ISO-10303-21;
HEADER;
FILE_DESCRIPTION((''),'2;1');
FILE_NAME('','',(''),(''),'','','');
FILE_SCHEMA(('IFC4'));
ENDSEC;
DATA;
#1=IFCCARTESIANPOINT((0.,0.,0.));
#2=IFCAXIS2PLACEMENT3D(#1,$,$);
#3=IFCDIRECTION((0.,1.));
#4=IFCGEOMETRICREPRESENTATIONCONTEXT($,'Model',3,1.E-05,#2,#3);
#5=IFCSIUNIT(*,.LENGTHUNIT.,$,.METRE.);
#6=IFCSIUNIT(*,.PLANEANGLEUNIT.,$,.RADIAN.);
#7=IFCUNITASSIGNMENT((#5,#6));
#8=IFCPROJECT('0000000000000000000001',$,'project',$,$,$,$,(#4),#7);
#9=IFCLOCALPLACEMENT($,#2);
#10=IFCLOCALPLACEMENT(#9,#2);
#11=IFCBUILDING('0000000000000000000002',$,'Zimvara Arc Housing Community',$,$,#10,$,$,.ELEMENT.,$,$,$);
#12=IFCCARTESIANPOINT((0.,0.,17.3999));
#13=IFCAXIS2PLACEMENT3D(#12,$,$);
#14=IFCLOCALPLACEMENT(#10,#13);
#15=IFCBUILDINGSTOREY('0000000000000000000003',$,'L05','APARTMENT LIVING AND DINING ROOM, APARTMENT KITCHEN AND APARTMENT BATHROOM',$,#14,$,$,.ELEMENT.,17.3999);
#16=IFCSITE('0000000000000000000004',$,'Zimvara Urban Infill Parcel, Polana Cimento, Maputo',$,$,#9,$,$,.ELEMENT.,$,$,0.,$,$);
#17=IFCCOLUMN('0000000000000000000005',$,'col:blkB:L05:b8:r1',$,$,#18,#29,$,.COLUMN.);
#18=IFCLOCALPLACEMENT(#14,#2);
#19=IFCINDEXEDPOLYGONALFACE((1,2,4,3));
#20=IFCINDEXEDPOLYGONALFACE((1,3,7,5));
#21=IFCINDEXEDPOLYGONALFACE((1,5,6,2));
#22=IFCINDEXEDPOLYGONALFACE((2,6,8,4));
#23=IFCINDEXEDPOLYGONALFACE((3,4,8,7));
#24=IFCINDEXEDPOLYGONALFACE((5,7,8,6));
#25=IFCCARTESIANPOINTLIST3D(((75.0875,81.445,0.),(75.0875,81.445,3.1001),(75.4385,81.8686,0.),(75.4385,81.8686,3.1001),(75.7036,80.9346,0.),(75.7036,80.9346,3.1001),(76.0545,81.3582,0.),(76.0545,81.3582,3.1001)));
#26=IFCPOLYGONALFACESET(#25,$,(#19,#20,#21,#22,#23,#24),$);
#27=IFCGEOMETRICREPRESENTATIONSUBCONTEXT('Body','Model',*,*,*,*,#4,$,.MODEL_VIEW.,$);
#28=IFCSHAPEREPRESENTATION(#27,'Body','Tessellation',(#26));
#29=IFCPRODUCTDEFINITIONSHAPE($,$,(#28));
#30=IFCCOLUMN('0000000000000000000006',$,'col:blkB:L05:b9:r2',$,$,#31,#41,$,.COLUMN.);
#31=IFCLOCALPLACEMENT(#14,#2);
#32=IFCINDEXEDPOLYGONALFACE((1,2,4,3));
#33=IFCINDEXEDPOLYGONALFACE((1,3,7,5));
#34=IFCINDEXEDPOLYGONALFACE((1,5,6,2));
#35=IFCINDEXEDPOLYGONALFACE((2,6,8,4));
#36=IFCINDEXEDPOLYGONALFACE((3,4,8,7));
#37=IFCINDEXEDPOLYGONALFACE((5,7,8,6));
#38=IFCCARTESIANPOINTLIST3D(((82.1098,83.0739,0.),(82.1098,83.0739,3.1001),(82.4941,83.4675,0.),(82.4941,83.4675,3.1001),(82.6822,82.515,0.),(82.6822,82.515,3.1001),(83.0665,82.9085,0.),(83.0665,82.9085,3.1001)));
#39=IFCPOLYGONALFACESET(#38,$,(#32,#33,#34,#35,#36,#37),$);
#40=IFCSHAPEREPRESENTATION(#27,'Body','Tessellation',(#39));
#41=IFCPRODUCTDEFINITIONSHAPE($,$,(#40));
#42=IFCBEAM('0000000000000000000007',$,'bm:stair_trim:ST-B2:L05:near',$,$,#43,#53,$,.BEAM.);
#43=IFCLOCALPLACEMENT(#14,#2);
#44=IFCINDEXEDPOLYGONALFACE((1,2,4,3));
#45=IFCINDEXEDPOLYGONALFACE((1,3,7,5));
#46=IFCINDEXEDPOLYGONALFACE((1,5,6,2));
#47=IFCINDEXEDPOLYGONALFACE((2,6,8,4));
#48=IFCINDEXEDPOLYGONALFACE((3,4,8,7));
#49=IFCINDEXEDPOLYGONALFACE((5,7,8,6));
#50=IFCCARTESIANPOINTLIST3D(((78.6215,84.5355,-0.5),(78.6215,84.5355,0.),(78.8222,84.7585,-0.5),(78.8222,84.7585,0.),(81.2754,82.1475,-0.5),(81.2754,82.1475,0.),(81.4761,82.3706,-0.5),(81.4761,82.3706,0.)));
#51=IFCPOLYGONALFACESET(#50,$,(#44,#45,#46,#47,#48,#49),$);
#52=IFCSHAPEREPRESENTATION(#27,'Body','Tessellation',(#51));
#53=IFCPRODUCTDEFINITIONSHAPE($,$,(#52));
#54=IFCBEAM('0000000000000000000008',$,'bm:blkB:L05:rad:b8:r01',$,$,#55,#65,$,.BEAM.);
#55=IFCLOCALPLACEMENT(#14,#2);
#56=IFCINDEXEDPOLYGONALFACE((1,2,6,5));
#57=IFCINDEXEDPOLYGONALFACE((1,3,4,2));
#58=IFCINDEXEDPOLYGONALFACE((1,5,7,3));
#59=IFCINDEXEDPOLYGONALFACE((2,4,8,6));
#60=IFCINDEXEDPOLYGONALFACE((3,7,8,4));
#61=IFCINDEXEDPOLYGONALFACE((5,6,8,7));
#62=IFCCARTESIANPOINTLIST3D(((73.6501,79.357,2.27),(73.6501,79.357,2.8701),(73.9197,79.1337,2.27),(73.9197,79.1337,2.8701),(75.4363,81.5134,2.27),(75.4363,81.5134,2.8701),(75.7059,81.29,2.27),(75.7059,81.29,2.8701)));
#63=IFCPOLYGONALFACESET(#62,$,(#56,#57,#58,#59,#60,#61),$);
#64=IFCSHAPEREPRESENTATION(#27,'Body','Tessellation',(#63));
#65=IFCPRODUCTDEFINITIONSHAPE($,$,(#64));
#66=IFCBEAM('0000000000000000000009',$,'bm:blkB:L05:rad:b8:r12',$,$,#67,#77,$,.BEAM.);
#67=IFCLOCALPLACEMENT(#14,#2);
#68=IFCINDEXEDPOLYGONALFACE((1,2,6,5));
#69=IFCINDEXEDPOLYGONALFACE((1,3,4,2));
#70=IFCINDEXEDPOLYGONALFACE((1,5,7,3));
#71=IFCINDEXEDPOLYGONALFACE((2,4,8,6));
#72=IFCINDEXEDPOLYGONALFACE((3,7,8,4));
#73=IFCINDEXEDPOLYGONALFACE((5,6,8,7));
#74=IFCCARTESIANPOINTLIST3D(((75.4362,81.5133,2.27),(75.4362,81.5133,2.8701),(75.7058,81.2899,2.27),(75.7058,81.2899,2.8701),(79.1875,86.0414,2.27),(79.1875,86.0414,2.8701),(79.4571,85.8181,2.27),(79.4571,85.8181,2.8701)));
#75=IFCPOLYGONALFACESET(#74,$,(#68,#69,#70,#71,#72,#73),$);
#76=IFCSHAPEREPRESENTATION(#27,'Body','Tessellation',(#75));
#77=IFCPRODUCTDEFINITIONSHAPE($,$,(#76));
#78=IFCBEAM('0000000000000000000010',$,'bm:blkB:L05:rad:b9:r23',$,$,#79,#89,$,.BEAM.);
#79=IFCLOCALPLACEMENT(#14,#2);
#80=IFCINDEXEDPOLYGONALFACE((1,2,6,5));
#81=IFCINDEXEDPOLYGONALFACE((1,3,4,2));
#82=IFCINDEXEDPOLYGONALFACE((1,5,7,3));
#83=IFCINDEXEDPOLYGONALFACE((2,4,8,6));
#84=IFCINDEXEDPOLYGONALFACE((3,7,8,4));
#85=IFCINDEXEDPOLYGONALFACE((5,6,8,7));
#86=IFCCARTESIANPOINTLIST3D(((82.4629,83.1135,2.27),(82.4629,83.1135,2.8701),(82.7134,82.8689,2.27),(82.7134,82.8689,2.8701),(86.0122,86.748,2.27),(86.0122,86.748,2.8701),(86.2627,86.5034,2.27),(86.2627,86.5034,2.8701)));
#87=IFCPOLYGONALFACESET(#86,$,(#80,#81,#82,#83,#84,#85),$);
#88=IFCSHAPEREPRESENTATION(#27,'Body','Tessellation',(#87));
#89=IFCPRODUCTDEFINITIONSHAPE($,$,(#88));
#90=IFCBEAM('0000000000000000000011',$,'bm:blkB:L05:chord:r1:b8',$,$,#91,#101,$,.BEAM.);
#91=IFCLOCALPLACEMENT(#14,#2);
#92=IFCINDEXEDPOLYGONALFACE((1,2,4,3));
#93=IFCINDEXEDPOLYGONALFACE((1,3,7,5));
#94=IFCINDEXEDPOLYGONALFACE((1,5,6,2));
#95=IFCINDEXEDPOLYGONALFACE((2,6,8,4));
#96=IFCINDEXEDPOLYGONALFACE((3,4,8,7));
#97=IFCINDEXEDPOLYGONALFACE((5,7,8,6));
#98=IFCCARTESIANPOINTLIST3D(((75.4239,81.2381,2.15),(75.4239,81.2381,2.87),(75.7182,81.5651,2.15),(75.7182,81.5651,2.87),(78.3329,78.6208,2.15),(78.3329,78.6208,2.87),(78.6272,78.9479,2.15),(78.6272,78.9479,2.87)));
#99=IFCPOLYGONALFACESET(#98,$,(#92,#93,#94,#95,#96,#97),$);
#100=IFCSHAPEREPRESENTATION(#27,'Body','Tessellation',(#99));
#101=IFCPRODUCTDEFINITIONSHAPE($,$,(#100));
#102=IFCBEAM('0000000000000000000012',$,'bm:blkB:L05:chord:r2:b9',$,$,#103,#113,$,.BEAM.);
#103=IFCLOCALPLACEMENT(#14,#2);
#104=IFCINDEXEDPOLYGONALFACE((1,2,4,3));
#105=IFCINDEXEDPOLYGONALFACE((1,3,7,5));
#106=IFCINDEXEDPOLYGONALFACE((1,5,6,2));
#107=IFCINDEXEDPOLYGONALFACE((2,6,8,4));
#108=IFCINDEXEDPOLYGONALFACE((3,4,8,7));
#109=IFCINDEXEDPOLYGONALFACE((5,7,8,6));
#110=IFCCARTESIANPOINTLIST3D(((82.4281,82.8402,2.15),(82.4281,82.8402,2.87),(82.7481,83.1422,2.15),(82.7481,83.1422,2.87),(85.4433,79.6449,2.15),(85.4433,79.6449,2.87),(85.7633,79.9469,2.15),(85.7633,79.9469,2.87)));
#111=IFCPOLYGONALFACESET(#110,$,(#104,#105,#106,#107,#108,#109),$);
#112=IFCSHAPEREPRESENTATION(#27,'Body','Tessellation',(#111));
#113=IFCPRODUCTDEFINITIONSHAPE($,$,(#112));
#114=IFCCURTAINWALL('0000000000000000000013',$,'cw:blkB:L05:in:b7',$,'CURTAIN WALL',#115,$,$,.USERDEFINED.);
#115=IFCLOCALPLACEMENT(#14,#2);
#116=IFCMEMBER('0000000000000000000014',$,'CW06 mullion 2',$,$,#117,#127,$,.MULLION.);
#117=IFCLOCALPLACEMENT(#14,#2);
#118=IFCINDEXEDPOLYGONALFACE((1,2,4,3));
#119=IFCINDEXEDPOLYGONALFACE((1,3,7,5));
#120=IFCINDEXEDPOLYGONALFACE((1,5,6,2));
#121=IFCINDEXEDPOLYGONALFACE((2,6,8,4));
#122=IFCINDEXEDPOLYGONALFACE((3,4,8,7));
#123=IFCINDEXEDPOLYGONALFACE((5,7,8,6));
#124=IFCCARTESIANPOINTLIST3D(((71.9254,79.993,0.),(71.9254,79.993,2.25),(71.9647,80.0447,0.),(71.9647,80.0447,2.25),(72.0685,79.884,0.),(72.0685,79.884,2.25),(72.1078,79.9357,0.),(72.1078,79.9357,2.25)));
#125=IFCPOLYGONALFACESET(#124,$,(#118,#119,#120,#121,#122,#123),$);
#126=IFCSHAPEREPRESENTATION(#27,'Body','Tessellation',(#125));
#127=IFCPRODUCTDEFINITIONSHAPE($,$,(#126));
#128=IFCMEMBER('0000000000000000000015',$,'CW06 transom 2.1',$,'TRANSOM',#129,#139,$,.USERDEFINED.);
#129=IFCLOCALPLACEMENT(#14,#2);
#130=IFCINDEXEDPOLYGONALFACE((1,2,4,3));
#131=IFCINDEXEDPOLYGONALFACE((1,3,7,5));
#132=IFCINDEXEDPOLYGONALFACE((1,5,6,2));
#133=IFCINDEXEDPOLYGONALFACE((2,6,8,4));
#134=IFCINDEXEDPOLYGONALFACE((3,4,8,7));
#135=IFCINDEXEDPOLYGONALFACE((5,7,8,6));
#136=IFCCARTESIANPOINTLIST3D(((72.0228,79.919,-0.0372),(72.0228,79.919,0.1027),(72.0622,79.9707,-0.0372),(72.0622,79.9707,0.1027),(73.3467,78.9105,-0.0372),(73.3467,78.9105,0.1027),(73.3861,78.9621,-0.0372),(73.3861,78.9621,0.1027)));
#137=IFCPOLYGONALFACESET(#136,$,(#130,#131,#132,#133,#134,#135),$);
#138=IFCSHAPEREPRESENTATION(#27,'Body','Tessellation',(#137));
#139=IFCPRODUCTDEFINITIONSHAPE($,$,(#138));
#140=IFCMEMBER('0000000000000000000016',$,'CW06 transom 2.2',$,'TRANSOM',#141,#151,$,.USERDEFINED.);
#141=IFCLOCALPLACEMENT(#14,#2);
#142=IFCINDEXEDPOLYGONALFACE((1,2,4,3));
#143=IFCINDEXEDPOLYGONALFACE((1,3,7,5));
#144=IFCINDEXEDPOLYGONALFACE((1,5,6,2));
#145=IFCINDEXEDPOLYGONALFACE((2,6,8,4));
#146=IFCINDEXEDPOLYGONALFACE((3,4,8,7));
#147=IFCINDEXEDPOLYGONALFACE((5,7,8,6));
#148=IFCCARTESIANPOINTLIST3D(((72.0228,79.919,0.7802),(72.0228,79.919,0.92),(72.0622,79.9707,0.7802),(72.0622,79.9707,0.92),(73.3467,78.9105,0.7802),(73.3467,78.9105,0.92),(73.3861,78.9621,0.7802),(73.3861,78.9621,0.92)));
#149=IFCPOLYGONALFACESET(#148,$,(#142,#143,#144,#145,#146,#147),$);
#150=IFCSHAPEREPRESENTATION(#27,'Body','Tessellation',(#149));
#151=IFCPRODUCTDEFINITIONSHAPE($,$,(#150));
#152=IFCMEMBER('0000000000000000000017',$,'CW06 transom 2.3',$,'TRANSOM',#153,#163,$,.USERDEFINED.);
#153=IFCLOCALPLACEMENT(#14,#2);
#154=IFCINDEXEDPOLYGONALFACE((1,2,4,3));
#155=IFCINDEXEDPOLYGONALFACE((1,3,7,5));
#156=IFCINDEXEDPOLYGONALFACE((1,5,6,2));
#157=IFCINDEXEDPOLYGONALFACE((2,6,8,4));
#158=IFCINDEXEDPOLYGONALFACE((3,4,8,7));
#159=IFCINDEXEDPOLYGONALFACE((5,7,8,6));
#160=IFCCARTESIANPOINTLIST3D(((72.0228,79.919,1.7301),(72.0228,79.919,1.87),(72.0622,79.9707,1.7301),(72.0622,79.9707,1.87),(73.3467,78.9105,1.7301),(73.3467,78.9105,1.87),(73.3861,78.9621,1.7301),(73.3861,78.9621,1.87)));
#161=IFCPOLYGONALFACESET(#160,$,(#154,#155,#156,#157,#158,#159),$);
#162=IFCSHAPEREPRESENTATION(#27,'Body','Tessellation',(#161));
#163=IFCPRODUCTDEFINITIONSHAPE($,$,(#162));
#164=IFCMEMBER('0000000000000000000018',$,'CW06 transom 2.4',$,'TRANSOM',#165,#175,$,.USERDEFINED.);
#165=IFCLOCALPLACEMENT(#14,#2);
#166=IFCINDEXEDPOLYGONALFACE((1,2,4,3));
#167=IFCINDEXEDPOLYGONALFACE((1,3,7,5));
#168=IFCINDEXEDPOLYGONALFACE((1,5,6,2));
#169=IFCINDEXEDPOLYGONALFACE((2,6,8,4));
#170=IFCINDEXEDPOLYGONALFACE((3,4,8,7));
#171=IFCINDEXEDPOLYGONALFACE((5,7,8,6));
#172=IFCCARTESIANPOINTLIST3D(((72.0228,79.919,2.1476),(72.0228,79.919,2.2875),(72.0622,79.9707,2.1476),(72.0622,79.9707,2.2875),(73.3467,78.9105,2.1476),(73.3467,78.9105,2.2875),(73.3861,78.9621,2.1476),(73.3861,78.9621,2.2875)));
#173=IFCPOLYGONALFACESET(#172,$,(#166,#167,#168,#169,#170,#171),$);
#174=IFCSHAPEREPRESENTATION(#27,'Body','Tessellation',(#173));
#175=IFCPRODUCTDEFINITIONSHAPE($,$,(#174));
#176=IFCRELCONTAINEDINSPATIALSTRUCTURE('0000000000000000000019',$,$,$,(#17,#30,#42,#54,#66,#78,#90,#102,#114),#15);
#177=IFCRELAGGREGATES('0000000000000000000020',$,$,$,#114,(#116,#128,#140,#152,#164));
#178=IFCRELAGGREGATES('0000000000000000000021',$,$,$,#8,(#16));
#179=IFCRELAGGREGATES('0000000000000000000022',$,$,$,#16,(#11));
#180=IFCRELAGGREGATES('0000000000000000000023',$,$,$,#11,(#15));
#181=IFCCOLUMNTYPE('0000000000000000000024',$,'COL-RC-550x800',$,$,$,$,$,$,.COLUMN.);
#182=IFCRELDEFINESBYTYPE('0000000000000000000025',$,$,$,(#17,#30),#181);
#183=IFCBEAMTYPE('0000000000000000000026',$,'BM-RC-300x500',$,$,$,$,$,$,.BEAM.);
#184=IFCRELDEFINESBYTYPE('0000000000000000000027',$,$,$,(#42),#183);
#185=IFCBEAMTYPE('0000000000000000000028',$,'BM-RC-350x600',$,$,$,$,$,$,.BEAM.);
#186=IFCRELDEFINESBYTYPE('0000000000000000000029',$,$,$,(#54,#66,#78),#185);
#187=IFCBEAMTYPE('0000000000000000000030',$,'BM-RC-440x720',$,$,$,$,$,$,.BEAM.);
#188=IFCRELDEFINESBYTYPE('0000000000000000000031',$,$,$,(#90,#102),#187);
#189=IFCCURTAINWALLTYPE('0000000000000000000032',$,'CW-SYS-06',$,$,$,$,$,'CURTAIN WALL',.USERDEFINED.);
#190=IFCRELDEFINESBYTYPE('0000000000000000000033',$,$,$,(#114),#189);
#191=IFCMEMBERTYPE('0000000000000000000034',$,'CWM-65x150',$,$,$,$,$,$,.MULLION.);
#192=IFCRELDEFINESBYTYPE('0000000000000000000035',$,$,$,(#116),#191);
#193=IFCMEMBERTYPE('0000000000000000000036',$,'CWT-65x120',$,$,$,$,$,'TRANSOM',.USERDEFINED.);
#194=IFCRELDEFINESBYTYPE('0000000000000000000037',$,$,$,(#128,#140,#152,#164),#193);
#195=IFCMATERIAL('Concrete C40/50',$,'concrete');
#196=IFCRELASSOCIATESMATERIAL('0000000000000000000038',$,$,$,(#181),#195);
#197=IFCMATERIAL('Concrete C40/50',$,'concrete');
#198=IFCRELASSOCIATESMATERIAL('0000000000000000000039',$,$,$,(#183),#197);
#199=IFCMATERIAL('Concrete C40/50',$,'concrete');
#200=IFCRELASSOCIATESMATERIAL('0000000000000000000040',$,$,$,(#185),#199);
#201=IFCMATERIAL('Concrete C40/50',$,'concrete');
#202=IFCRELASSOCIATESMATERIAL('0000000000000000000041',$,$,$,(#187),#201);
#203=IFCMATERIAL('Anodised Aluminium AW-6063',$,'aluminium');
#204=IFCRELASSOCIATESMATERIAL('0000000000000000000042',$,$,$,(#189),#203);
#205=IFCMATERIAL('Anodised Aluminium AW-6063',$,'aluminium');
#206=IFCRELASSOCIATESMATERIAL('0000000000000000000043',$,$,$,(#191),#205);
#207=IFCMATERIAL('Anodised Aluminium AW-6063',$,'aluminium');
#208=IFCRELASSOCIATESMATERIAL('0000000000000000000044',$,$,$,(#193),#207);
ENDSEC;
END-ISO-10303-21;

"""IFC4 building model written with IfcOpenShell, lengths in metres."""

from ifc_helpers import new_model, si_unit, direction, frame, origin, origin_2d, place, context, subcontext, project, spatial, rectangle, extrude, material, material_profile, profile_set, type_object, element, aggregate, save


model = new_model("IFC4")

# Units and contexts
model_context = context("Model", 3, precision=1e-05, world=origin(), true_north=direction((0.0, 1.0)))
body_context = subcontext(model_context, "Body", "Model", "MODEL_VIEW")
ifc_project = project(units=[si_unit("LENGTHUNIT", "METRE"), si_unit("PLANEANGLEUNIT", "RADIAN")], contexts=[model_context])

# Site, building, storey
site_placement = place(None, origin())
site = spatial("IfcSite", under=ifc_project, at=site_placement, Name="Zimvara Urban Infill Parcel, Polana Cimento, Maputo", CompositionType="ELEMENT", RefElevation=0.0)
building_placement = place(site_placement, origin())
building = spatial("IfcBuilding", under=site, at=building_placement, Name="Zimvara Arc Housing Community", CompositionType="ELEMENT")
storey_placement = place(building_placement, frame((0.0, 0.0, 17.3999)))
storey = spatial("IfcBuildingStorey", under=building, at=storey_placement, Name="L05", Description="APARTMENT LIVING AND DINING ROOM, APARTMENT KITCHEN AND APARTMENT BATHROOM", CompositionType="ELEMENT", Elevation=17.3999)

# Columns
ifc_material_1 = material(Name="Concrete C40/50", Category="concrete")
ifc_material_profile_1 = material_profile(ifc_material_1, rectangle(XDim=0.55, YDim=0.8, at=origin_2d()), Name="RC 550x800")
ifc_profile_set_1 = profile_set([ifc_material_profile_1], Name="Concrete C40/50")
column_type = type_object("IfcColumnType", Name="COL-RC-550x800", PredefinedType="COLUMN", material=ifc_profile_set_1)
for number, where, z_axis, x_axis, name in (
    (1, (75.571, 81.4016, 0.0), (0.0, 0.0, 1.0), (0.637962, 0.770068, 0.0), "col:blkB:L05:b8:r1"),
    (2, (82.5881, 82.9912, 0.0), (0.0, 0.0, 1.0), (0.698665, 0.715449, 0.0), "col:blkB:L05:b9:r2"),
):
    element("IfcColumn", number, at=place(storey_placement, frame(where, z_axis=z_axis, x_axis=x_axis)), inside=storey, type_object=column_type, Name=name, PredefinedType="COLUMN", context=body_context, shape_type="SweptSolid", body=[
        extrude(rectangle(XDim=0.55, YDim=0.8, at=origin_2d()), origin(), (0.0, 0.0, 1.0), 3.1001),
    ])

# Beams
ifc_material_2 = material(Name="Concrete C40/50", Category="concrete")
ifc_material_profile_2 = material_profile(ifc_material_2, rectangle(XDim=0.3, YDim=0.5, at=origin_2d()), Name="RC 300x500")
ifc_profile_set_2 = profile_set([ifc_material_profile_2], Name="Concrete C40/50")
beam_type_1 = type_object("IfcBeamType", Name="BM-RC-300x500", PredefinedType="BEAM", material=ifc_profile_set_2)
beam_1_placement = place(storey_placement, frame((81.3757, 82.259, -0.25), z_axis=(-0.743362, 0.668889, 0.0), x_axis=(-0.668889, -0.743362, 0.0)))
element("IfcBeam", 3, at=beam_1_placement, inside=storey, type_object=beam_type_1, Name="bm:stair_trim:ST-B2:L05:near", PredefinedType="BEAM", context=body_context, shape_type="SweptSolid", body=[
    extrude(rectangle(XDim=0.3, YDim=0.5, at=origin_2d()), origin(), (0.0, 0.0, 1.0), 3.5701),
])
ifc_material_3 = material(Name="Concrete C40/50", Category="concrete")
ifc_material_profile_3 = material_profile(ifc_material_3, rectangle(XDim=0.3501, YDim=0.6001, at=origin_2d()), Name="RC 350x600")
ifc_profile_set_3 = profile_set([ifc_material_profile_3], Name="Concrete C40/50")
beam_type_2 = type_object("IfcBeamType", Name="BM-RC-350x600", PredefinedType="BEAM", material=ifc_profile_set_3)
beam_2_placement = place(storey_placement, frame((73.7849, 79.2454, 2.5701), z_axis=(0.637917, 0.770105, 0.0), x_axis=(-0.770105, 0.637917, 0.0)))
element("IfcBeam", 4, at=beam_2_placement, inside=storey, type_object=beam_type_2, Name="bm:blkB:L05:rad:b8:r01", PredefinedType="BEAM", context=body_context, shape_type="SweptSolid", body=[
    extrude(rectangle(XDim=0.3501, YDim=0.6001, at=origin_2d()), origin(), (0.0, 0.0, 1.0), 2.8),
])
beam_3_placement = place(storey_placement, frame((75.571, 81.4016, 2.5701), z_axis=(0.637956, 0.770073, 0.0), x_axis=(-0.770073, 0.637956, 0.0)))
element("IfcBeam", 5, at=beam_3_placement, inside=storey, type_object=beam_type_2, Name="bm:blkB:L05:rad:b8:r12", PredefinedType="BEAM", context=body_context, shape_type="SweptSolid", body=[
    extrude(rectangle(XDim=0.3501, YDim=0.6001, at=origin_2d()), origin(), (0.0, 0.0, 1.0), 5.8801),
])
beam_4_placement = place(storey_placement, frame((82.5881, 82.9912, 2.5701), z_axis=(0.698671, 0.715443, 0.0), x_axis=(-0.715443, 0.698671, 0.0)))
element("IfcBeam", 6, at=beam_4_placement, inside=storey, type_object=beam_type_2, Name="bm:blkB:L05:rad:b9:r23", PredefinedType="BEAM", context=body_context, shape_type="SweptSolid", body=[
    extrude(rectangle(XDim=0.3501, YDim=0.6001, at=origin_2d()), origin(), (0.0, 0.0, 1.0), 5.0801),
])
ifc_material_4 = material(Name="Concrete C40/50", Category="concrete")
ifc_material_profile_4 = material_profile(ifc_material_4, rectangle(XDim=0.4399, YDim=0.72, at=origin_2d()), Name="RC 440x720")
ifc_profile_set_4 = profile_set([ifc_material_profile_4], Name="Concrete C40/50")
beam_type_3 = type_object("IfcBeamType", Name="BM-RC-440x720", PredefinedType="BEAM", material=ifc_profile_set_4)
beam_5_placement = place(storey_placement, frame((75.571, 81.4016, 2.51), z_axis=(0.743403, -0.668844, 0.0), x_axis=(0.668844, 0.743403, 0.0)))
element("IfcBeam", 7, at=beam_5_placement, inside=storey, type_object=beam_type_3, Name="bm:blkB:L05:chord:r1:b8", PredefinedType="BEAM", context=body_context, shape_type="SweptSolid", body=[
    extrude(rectangle(XDim=0.4399, YDim=0.72, at=origin_2d()), origin(), (0.0, 0.0, 1.0), 3.9131),
])
beam_6_placement = place(storey_placement, frame((82.5881, 82.9912, 2.51), z_axis=(0.686304, -0.727315, 0.0), x_axis=(0.727315, 0.686304, 0.0)))
element("IfcBeam", 8, at=beam_6_placement, inside=storey, type_object=beam_type_3, Name="bm:blkB:L05:chord:r2:b9", PredefinedType="BEAM", context=body_context, shape_type="SweptSolid", body=[
    extrude(rectangle(XDim=0.4399, YDim=0.72, at=origin_2d()), origin(), (0.0, 0.0, 1.0), 4.3933),
])

# Curtain wall, members
ifc_material_5 = material(Name="Anodised Aluminium AW-6063", Category="aluminium")
curtain_wall_type = type_object("IfcCurtainWallType", Name="CW-SYS-06", ElementType="CURTAIN WALL", PredefinedType="USERDEFINED", material=ifc_material_5)
curtain_wall_placement = place(storey_placement, origin())
curtain_wall = element("IfcCurtainWall", 9, at=curtain_wall_placement, inside=storey, type_object=curtain_wall_type, Name="cw:blkB:L05:in:b7", ObjectType="CURTAIN WALL", PredefinedType="USERDEFINED")
ifc_material_6 = material(Name="Anodised Aluminium AW-6063", Category="aluminium")
ifc_material_profile_5 = material_profile(ifc_material_6, rectangle(XDim=0.0649, YDim=0.1799, at=origin_2d()), Name="ALU 65x180")
ifc_profile_set_5 = profile_set([ifc_material_profile_5], Name="Anodised Aluminium AW-6063")
member_type_1 = type_object("IfcMemberType", Name="CWM-65x150", PredefinedType="MULLION", material=ifc_profile_set_5)
member_1_placement = place(storey_placement, frame((72.0166, 79.9644, 0.0), z_axis=(0.0, 0.0, 1.0), x_axis=(0.605988, 0.795474, 0.0)))
member_1 = element("IfcMember", 10, at=member_1_placement, type_object=member_type_1, Name="CW06 mullion 2", PredefinedType="MULLION", context=body_context, shape_type="SweptSolid", body=[
    extrude(rectangle(XDim=0.0649, YDim=0.1799, at=origin_2d()), origin(), (0.0, 0.0, 1.0), 2.25),
])
ifc_material_7 = material(Name="Anodised Aluminium AW-6063", Category="aluminium")
ifc_material_profile_6 = material_profile(ifc_material_7, rectangle(XDim=0.0649, YDim=0.1399, at=origin_2d()), Name="ALU 65x140")
ifc_profile_set_6 = profile_set([ifc_material_profile_6], Name="Anodised Aluminium AW-6063")
member_type_2 = type_object("IfcMemberType", Name="CWT-65x120", ElementType="TRANSOM", PredefinedType="USERDEFINED", material=ifc_profile_set_6)
member_2_placement = place(storey_placement, frame((72.0425, 79.9448, 0.0327), z_axis=(0.795489, -0.605968, 0.0), x_axis=(0.605968, 0.795489, 0.0)))
member_2 = element("IfcMember", 11, at=member_2_placement, type_object=member_type_2, Name="CW06 transom 2.1", ObjectType="TRANSOM", PredefinedType="USERDEFINED", context=body_context, shape_type="SweptSolid", body=[
    extrude(rectangle(XDim=0.0649, YDim=0.1399, at=origin_2d()), origin(), (0.0, 0.0, 1.0), 1.6643),
])
member_3_placement = place(storey_placement, frame((72.0425, 79.9448, 0.8501), z_axis=(0.795489, -0.605968, 0.0), x_axis=(0.605968, 0.795489, 0.0)))
member_3 = element("IfcMember", 12, at=member_3_placement, type_object=member_type_2, Name="CW06 transom 2.2", ObjectType="TRANSOM", PredefinedType="USERDEFINED", context=body_context, shape_type="SweptSolid", body=[
    extrude(rectangle(XDim=0.0649, YDim=0.1399, at=origin_2d()), origin(), (0.0, 0.0, 1.0), 1.6643),
])
member_4_placement = place(storey_placement, frame((72.0425, 79.9448, 1.8), z_axis=(0.795489, -0.605968, 0.0), x_axis=(0.605968, 0.795489, 0.0)))
member_4 = element("IfcMember", 13, at=member_4_placement, type_object=member_type_2, Name="CW06 transom 2.3", ObjectType="TRANSOM", PredefinedType="USERDEFINED", context=body_context, shape_type="SweptSolid", body=[
    extrude(rectangle(XDim=0.0649, YDim=0.1399, at=origin_2d()), origin(), (0.0, 0.0, 1.0), 1.6643),
])
member_5_placement = place(storey_placement, frame((72.0425, 79.9448, 2.2175), z_axis=(0.795489, -0.605968, 0.0), x_axis=(0.605968, 0.795489, 0.0)))
member_5 = element("IfcMember", 14, at=member_5_placement, type_object=member_type_2, Name="CW06 transom 2.4", ObjectType="TRANSOM", PredefinedType="USERDEFINED", context=body_context, shape_type="SweptSolid", body=[
    extrude(rectangle(XDim=0.0649, YDim=0.1399, at=origin_2d()), origin(), (0.0, 0.0, 1.0), 1.6643),
])
aggregate(curtain_wall, [member_1, member_2, member_3, member_4, member_5])

save(model, "model.ifc")
